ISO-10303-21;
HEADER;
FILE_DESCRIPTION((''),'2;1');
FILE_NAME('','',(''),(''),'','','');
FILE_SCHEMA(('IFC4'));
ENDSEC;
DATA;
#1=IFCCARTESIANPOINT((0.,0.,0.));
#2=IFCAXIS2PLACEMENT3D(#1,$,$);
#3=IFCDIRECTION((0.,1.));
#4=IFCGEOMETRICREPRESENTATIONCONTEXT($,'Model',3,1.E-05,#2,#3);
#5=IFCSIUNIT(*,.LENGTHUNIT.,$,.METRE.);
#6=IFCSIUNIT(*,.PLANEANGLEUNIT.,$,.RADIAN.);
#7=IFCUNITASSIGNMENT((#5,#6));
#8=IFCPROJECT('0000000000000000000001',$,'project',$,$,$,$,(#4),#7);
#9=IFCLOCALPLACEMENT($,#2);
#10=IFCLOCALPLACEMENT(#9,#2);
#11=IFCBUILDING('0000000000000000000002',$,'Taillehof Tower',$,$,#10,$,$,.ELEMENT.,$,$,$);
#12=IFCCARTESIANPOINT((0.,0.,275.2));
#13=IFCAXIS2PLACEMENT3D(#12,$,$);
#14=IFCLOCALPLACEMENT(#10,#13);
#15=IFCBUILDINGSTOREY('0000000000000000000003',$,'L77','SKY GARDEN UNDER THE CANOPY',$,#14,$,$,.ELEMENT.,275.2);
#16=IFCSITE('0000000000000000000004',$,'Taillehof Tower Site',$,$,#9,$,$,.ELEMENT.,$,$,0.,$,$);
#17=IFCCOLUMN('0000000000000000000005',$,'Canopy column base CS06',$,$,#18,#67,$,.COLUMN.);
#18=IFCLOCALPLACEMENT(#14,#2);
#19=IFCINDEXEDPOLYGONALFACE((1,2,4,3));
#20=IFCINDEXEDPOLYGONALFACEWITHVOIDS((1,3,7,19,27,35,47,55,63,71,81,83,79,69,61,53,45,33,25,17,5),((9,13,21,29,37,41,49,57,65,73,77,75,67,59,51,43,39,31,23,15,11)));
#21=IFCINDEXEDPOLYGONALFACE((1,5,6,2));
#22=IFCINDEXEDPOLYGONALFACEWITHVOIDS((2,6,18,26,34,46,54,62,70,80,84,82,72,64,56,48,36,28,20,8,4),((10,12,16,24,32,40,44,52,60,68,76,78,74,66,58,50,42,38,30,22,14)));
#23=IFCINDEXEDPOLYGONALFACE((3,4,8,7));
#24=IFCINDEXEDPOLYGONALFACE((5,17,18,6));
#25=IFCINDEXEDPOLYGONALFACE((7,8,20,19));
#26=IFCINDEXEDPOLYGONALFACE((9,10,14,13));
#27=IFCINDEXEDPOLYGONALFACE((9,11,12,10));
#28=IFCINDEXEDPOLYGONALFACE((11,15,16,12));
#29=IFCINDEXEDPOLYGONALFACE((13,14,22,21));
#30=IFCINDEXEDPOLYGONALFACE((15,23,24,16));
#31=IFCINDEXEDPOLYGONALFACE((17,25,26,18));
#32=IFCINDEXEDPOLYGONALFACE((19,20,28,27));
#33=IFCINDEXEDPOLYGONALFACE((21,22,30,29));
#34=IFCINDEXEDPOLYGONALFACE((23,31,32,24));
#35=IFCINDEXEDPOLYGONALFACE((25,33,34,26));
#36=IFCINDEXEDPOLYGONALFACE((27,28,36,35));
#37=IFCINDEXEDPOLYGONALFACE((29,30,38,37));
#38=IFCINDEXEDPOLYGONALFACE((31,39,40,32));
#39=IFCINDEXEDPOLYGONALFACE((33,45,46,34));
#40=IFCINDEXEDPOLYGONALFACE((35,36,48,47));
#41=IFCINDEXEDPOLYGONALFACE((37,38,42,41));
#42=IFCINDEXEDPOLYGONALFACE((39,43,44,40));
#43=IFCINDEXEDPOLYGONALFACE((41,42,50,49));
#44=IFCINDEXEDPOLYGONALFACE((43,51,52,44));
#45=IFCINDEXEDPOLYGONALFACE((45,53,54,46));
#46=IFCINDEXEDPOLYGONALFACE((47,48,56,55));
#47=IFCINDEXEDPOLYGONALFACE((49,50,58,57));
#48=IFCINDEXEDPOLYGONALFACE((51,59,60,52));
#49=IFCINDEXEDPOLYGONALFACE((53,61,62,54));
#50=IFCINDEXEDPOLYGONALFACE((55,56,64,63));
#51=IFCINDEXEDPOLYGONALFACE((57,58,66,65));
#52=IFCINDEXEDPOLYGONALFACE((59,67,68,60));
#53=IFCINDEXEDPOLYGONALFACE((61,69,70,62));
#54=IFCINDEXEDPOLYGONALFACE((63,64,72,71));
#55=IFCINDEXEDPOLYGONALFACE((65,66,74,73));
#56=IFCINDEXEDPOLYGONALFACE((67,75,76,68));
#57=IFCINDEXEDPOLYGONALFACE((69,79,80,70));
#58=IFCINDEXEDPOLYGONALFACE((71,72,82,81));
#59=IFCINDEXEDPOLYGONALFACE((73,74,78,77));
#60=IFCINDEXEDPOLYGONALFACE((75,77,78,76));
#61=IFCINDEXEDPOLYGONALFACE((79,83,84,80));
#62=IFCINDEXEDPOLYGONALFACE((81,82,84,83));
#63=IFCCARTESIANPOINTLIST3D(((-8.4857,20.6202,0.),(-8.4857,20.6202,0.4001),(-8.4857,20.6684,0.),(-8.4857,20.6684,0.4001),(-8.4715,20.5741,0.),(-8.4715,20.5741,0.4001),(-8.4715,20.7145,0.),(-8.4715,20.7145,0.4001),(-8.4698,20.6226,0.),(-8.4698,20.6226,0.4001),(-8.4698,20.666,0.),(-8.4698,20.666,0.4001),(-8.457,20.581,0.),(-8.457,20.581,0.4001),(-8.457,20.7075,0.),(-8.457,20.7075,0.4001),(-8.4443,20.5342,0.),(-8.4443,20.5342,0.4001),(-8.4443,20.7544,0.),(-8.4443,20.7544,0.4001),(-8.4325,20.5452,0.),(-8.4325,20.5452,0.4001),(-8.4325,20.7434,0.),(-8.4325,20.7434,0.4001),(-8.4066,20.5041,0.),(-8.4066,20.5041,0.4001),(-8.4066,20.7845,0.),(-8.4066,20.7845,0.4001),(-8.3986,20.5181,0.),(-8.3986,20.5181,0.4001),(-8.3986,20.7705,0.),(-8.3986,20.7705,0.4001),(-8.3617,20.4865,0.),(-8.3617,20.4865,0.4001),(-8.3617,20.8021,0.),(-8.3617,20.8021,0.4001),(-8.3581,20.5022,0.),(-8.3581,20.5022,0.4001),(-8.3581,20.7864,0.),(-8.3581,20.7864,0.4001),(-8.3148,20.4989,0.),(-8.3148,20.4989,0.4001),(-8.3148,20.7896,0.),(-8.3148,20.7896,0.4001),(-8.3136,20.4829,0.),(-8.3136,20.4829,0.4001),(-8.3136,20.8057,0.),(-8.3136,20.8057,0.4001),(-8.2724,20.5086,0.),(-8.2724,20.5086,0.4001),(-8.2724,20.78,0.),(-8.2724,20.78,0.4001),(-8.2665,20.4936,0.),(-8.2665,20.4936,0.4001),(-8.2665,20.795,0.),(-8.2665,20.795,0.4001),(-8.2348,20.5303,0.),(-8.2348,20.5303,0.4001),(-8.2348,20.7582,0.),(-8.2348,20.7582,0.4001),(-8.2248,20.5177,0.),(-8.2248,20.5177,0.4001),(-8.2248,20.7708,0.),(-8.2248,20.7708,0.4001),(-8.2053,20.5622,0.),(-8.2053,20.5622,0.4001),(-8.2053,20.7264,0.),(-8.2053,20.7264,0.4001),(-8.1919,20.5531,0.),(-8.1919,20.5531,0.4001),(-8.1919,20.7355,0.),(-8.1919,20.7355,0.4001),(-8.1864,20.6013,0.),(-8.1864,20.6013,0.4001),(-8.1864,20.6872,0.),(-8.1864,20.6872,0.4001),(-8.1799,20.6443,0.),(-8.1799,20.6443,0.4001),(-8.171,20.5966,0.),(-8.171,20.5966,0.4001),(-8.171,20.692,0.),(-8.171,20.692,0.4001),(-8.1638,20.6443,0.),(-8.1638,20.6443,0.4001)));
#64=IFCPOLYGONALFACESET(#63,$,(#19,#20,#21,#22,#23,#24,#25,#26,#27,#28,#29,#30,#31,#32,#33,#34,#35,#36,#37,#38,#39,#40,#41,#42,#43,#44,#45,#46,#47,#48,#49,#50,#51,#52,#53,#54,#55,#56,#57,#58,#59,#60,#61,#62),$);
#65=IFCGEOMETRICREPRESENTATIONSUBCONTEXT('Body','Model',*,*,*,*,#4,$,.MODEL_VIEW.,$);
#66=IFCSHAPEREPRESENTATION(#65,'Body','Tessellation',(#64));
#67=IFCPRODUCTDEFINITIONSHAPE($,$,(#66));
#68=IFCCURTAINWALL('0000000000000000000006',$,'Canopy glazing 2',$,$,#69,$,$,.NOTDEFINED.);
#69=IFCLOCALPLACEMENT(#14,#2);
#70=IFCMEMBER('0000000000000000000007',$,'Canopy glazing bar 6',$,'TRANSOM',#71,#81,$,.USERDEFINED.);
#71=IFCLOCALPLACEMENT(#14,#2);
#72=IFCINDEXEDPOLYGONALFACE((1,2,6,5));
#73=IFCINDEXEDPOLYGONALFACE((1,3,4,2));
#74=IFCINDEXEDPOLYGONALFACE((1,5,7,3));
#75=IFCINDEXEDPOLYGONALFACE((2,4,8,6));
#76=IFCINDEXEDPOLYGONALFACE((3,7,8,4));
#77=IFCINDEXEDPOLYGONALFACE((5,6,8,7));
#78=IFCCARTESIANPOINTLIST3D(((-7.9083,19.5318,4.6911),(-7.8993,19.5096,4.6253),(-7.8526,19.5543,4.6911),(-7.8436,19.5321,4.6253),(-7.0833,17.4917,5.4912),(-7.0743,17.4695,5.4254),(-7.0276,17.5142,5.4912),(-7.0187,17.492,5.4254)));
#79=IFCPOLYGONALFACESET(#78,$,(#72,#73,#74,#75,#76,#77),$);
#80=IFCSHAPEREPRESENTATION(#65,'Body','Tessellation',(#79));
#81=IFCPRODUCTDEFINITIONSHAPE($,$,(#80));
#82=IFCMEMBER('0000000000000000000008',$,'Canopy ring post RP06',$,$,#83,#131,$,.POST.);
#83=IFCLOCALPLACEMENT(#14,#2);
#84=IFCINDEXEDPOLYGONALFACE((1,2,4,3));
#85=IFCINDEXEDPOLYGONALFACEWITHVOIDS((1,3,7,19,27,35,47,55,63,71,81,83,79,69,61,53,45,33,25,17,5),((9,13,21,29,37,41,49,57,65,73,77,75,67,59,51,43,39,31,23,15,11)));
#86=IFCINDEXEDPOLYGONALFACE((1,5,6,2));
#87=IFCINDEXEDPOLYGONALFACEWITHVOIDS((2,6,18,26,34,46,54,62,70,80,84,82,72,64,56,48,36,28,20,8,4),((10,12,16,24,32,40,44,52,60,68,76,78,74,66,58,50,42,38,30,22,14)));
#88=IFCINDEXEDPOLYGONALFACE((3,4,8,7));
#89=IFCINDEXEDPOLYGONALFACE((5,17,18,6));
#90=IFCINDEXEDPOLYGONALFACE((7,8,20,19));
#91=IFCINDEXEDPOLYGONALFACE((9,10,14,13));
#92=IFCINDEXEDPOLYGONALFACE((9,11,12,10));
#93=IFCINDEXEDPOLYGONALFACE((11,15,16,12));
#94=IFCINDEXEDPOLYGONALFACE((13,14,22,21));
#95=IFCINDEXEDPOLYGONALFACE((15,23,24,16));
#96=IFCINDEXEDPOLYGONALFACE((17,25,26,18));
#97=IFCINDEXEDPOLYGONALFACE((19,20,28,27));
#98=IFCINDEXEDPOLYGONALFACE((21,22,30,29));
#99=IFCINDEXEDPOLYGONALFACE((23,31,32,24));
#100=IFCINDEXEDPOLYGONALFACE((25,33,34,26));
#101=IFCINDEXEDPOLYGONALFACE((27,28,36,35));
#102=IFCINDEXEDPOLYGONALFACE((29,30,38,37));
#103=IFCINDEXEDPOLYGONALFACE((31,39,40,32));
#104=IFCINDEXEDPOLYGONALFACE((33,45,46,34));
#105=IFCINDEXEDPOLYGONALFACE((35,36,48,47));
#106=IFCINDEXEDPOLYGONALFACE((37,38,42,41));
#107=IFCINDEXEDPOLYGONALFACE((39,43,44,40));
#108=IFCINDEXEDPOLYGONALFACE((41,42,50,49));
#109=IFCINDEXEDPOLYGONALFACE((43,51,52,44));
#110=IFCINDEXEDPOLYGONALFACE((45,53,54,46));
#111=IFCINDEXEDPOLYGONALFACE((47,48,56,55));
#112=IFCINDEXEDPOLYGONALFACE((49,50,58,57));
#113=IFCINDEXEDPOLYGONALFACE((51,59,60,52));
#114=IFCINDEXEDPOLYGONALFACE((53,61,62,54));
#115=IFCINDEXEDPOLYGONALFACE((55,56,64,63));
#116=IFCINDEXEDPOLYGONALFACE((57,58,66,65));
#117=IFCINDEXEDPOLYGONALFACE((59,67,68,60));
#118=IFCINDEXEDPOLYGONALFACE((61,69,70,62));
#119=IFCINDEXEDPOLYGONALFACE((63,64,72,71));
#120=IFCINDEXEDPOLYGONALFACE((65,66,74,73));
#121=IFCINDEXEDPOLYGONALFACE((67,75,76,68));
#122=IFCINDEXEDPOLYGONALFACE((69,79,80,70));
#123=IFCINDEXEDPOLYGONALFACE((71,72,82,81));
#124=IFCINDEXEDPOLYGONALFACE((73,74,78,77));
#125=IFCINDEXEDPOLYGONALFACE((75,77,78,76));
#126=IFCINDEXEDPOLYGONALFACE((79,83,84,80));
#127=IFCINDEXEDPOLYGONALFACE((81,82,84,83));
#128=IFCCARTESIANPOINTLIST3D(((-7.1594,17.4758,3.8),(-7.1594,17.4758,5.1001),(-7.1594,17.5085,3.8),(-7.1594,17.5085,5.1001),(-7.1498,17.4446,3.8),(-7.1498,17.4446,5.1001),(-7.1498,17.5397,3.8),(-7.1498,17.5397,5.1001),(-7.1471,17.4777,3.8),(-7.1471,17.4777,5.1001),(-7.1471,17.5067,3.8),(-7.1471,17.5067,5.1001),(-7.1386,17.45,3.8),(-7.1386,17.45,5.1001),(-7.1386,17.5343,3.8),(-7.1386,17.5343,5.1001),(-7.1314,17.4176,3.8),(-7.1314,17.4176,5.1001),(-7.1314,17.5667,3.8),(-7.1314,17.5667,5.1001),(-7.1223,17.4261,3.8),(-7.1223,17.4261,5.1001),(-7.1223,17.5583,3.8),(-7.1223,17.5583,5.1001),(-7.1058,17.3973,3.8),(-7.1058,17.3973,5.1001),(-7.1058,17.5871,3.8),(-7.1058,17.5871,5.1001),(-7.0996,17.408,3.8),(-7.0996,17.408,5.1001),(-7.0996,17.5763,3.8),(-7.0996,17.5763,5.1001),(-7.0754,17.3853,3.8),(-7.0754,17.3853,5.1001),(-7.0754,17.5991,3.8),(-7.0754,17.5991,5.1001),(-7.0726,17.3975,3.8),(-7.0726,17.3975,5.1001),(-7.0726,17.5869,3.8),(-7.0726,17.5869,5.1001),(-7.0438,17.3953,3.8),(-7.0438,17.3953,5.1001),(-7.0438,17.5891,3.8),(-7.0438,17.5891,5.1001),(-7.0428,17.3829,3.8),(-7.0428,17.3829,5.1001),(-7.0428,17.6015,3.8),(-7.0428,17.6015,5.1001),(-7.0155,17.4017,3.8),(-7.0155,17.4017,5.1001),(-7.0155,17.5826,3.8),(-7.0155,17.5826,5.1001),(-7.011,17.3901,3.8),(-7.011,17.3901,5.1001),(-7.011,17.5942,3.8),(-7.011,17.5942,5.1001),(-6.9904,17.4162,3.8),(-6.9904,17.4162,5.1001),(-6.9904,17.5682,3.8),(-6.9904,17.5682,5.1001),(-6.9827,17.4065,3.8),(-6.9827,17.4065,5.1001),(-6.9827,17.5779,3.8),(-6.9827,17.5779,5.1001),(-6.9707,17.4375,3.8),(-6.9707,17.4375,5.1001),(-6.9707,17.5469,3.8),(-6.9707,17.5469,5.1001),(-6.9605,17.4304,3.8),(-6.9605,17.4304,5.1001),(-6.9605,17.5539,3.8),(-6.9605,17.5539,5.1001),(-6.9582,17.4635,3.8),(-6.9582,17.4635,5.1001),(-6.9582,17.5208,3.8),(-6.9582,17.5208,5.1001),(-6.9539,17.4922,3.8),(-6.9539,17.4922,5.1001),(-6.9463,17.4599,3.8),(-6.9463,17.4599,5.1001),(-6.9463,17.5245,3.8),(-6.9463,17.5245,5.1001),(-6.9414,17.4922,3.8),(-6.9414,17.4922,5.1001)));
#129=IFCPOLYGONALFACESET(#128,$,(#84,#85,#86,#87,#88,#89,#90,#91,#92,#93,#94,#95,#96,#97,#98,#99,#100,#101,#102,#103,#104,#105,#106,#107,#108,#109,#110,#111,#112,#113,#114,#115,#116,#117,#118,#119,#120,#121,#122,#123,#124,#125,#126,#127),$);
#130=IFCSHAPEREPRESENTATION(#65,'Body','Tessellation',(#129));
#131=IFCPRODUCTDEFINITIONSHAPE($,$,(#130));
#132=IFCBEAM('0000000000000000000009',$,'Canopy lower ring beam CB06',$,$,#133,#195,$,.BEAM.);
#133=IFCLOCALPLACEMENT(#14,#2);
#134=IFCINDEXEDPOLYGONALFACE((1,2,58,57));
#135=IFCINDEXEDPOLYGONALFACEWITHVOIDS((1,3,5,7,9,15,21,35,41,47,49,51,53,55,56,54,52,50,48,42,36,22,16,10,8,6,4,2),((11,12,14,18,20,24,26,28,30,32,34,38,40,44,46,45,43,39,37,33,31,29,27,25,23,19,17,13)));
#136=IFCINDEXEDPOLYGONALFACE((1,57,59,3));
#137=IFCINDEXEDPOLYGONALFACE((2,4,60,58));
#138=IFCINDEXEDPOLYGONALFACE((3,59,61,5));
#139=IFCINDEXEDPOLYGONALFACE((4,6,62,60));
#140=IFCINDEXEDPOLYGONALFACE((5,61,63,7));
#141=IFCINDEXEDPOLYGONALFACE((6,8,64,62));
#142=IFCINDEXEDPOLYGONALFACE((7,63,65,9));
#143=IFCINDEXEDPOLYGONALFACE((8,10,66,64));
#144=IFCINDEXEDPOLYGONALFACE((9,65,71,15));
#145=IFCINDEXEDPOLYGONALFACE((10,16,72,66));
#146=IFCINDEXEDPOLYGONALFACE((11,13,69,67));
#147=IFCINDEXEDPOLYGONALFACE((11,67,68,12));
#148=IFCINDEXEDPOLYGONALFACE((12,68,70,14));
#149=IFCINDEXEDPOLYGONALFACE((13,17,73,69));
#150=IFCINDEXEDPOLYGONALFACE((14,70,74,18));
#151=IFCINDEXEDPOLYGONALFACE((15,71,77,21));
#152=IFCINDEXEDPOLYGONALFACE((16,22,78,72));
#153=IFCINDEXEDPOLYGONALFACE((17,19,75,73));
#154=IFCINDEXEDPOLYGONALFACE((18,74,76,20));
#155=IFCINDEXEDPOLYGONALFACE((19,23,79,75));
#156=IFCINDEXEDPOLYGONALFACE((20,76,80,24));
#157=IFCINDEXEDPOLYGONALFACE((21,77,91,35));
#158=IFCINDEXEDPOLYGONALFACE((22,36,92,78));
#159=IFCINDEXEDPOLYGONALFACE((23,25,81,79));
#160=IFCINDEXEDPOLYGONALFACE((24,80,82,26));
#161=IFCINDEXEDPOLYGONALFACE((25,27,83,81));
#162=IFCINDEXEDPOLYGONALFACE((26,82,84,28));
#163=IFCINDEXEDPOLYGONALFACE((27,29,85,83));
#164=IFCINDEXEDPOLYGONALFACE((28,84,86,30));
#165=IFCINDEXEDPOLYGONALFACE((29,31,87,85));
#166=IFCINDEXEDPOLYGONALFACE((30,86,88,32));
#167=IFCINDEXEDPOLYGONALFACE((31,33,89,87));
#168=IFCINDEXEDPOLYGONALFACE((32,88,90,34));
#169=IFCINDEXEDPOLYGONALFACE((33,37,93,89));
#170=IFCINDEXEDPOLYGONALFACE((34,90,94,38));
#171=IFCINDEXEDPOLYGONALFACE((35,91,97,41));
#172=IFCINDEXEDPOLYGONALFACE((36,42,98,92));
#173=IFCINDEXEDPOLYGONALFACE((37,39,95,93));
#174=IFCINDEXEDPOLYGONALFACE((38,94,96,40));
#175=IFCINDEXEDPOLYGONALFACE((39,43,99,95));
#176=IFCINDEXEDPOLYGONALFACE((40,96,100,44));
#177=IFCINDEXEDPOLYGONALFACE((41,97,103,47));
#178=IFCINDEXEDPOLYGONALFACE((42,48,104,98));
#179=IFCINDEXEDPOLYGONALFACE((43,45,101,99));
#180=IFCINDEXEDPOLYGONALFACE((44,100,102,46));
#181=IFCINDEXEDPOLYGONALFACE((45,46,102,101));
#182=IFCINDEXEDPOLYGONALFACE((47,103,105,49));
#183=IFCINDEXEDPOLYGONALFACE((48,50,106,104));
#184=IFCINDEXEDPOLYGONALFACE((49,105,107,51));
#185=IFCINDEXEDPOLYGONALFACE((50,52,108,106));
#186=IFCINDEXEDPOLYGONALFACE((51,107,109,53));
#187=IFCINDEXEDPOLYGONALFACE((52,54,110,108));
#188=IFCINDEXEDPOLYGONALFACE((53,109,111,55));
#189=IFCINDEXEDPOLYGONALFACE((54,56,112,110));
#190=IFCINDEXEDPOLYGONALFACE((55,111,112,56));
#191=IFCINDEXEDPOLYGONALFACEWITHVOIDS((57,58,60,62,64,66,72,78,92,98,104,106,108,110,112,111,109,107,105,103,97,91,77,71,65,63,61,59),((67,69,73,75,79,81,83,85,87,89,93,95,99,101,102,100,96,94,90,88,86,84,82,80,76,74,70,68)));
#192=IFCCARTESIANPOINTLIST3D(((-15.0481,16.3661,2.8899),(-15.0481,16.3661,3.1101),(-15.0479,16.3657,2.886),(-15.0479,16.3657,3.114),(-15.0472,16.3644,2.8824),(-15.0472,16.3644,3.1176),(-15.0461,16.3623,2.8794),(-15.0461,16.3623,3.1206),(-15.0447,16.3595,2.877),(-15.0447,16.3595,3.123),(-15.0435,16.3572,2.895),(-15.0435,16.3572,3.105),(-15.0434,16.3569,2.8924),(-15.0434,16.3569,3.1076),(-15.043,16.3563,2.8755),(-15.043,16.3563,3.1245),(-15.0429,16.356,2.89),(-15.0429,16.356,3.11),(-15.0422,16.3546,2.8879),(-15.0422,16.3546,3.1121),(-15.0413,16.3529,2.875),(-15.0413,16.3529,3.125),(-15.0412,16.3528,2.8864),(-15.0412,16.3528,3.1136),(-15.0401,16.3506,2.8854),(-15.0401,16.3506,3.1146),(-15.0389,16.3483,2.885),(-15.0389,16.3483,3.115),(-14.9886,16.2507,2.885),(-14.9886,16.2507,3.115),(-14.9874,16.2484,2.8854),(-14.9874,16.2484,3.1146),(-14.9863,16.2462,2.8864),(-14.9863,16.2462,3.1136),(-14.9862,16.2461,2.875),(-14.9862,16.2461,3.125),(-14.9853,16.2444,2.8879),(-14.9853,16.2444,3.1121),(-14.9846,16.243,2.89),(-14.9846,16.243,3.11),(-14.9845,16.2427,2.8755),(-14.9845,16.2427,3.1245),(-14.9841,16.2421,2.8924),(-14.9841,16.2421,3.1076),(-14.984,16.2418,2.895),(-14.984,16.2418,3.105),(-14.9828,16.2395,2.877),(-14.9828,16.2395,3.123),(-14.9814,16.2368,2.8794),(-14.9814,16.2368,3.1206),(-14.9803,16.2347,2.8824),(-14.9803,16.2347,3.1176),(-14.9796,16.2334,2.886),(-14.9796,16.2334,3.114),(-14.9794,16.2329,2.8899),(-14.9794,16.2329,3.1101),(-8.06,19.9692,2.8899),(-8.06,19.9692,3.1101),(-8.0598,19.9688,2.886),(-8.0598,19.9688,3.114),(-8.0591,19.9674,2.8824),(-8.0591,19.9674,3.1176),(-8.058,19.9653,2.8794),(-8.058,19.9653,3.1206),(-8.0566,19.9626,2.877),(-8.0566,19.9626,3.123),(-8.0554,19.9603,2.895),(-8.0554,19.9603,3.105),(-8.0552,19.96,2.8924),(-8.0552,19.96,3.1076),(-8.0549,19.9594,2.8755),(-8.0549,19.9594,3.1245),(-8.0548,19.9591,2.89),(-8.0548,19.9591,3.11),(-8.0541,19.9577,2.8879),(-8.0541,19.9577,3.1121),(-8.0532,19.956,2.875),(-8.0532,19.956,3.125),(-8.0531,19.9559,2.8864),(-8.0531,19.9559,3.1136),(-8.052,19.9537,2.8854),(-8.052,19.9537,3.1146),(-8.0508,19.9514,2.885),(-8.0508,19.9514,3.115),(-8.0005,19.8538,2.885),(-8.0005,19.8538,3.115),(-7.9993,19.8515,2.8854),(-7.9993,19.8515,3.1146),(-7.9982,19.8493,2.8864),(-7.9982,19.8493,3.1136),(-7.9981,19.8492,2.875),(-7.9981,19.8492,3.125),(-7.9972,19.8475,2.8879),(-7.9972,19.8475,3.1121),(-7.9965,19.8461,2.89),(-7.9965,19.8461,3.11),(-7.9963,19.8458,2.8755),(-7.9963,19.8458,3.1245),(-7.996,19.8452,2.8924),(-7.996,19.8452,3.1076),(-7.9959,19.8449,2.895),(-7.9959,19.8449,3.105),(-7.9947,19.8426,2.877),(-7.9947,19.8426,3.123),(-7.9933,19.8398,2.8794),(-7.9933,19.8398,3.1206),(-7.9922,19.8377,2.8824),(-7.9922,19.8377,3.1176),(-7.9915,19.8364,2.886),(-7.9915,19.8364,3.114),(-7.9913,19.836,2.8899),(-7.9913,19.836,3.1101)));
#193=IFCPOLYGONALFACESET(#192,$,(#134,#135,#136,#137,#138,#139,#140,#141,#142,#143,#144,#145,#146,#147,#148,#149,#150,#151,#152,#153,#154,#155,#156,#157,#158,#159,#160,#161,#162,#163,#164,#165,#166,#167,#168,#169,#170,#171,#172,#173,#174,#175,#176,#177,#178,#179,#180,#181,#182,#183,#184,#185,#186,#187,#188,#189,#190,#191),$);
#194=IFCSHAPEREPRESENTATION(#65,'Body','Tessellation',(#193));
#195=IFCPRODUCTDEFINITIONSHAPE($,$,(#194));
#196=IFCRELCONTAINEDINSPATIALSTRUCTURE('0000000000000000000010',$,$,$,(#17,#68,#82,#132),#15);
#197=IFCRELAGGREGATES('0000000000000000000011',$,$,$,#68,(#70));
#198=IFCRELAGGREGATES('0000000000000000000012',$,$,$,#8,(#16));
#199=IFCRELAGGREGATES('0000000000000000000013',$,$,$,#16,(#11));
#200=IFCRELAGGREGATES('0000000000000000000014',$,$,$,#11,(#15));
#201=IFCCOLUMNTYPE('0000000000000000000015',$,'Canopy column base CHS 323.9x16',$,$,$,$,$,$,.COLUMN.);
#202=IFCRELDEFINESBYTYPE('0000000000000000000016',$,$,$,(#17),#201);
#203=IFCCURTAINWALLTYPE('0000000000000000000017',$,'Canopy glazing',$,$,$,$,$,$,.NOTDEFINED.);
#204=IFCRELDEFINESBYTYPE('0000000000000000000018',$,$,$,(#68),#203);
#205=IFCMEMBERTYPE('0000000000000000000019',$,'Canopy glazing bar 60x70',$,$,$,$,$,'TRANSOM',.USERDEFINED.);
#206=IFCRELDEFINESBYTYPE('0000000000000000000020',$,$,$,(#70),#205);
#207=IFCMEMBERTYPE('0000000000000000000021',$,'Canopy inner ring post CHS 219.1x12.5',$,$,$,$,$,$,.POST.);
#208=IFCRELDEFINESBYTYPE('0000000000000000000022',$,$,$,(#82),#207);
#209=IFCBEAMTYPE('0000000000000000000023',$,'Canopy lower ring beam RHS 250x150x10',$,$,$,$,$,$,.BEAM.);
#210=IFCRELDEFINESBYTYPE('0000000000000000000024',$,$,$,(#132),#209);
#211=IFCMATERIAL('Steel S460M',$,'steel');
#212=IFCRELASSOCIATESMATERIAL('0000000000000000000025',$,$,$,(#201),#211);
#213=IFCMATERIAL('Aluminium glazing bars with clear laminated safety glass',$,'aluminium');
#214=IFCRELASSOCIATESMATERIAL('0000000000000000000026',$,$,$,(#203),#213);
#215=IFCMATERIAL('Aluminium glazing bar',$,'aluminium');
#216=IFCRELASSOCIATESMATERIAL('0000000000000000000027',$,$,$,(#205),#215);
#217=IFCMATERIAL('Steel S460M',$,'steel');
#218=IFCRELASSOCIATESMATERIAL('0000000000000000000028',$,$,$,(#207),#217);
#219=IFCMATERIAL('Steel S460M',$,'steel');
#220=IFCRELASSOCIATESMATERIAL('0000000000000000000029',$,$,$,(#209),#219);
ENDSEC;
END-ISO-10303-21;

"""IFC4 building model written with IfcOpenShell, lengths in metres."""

from ifc_helpers import new_model, si_unit, direction, frame, origin, origin_2d, place, context, subcontext, project, spatial, rectangle, hollow_rectangle, hollow_circle, extrude, material, material_profile, profile_set, type_object, element, aggregate, save


model = new_model("IFC4")

# Units and contexts
model_context = context("Model", 3, precision=1e-05, world=origin(), true_north=direction((0.0, 1.0)))
body_context = subcontext(model_context, "Body", "Model", "MODEL_VIEW")
ifc_project = project(units=[si_unit("LENGTHUNIT", "METRE"), si_unit("PLANEANGLEUNIT", "RADIAN")], contexts=[model_context])

# Site, building, storey
site_placement = place(None, origin())
site = spatial("IfcSite", under=ifc_project, at=site_placement, Name="Taillehof Tower Site", CompositionType="ELEMENT", RefElevation=0.0)
building_placement = place(site_placement, origin())
building = spatial("IfcBuilding", under=site, at=building_placement, Name="Taillehof Tower", CompositionType="ELEMENT")
storey_placement = place(building_placement, frame((0.0, 0.0, 275.2)))
storey = spatial("IfcBuildingStorey", under=building, at=storey_placement, Name="L77", Description="SKY GARDEN UNDER THE CANOPY", CompositionType="ELEMENT", Elevation=275.2)

# Column
ifc_material_1 = material(Name="Steel S460M", Category="steel")
ifc_material_profile_1 = material_profile(ifc_material_1, hollow_circle(Radius=0.1619, WallThickness=0.0161, at=origin_2d()), Name="CHS 323.9x16")
ifc_profile_set_1 = profile_set([ifc_material_profile_1], Name="Steel S460M")
column_type = type_object("IfcColumnType", Name="Canopy column base CHS 323.9x16", PredefinedType="COLUMN", material=ifc_profile_set_1)
column_placement = place(storey_placement, frame((-8.3257, 20.6443, 0.0), z_axis=(0.0, 0.0, 1.0), x_axis=(1.0, 0.0, 0.0)))
element("IfcColumn", 1, at=column_placement, inside=storey, type_object=column_type, Name="Canopy column base CS06", PredefinedType="COLUMN", context=body_context, shape_type="SweptSolid", body=[
    extrude(hollow_circle(Radius=0.1619, WallThickness=0.0161, at=origin_2d()), origin(), (0.0, 0.0, 1.0), 0.4001),
])

# Curtain wall, member
ifc_material_2 = material(Name="Aluminium glazing bars with clear laminated safety glass", Category="aluminium")
curtain_wall_type = type_object("IfcCurtainWallType", Name="Canopy glazing", PredefinedType="NOTDEFINED", material=ifc_material_2)
curtain_wall_placement = place(storey_placement, origin())
curtain_wall = element("IfcCurtainWall", 2, at=curtain_wall_placement, inside=storey, type_object=curtain_wall_type, Name="Canopy glazing 2", PredefinedType="NOTDEFINED")
ifc_material_3 = material(Name="Aluminium glazing bar", Category="aluminium")
ifc_material_profile_2 = material_profile(ifc_material_3, rectangle(XDim=0.0601, YDim=0.0701, at=origin_2d()), Name="AL 60x70")
ifc_profile_set_2 = profile_set([ifc_material_profile_2], Name="Aluminium glazing bar")
member_type_1 = type_object("IfcMemberType", Name="Canopy glazing bar 60x70", ElementType="TRANSOM", PredefinedType="USERDEFINED", material=ifc_profile_set_2)
member_1_placement = place(storey_placement, frame((-7.876, 19.532, 4.6582), z_axis=(0.352325, -0.871272, 0.34169), x_axis=(0.92707, 0.374889, 0.0)))
member_1 = element("IfcMember", 3, at=member_1_placement, type_object=member_type_1, Name="Canopy glazing bar 6", ObjectType="TRANSOM", PredefinedType="USERDEFINED", context=body_context, shape_type="SweptSolid", body=[
    extrude(rectangle(XDim=0.0601, YDim=0.0701, at=origin_2d()), origin(), (0.0, 0.0, 1.0), 2.3416),
])
aggregate(curtain_wall, [member_1])

# Member
ifc_material_4 = material(Name="Steel S460M", Category="steel")
ifc_material_profile_3 = material_profile(ifc_material_4, hollow_circle(Radius=0.1096, WallThickness=0.0125, at=origin_2d()), Name="CHS 219.1x12.5")
ifc_profile_set_3 = profile_set([ifc_material_profile_3], Name="Steel S460M")
member_type_2 = type_object("IfcMemberType", Name="Canopy inner ring post CHS 219.1x12.5", PredefinedType="POST", material=ifc_profile_set_3)
member_2_placement = place(storey_placement, frame((-7.051, 17.4922, 3.8), z_axis=(0.0, 0.0, 1.0), x_axis=(1.0, 0.0, 0.0)))
element("IfcMember", 4, at=member_2_placement, inside=storey, type_object=member_type_2, Name="Canopy ring post RP06", PredefinedType="POST", context=body_context, shape_type="SweptSolid", body=[
    extrude(hollow_circle(Radius=0.1096, WallThickness=0.0125, at=origin_2d()), origin(), (0.0, 0.0, 1.0), 1.3),
])

# Beam
ifc_material_5 = material(Name="Steel S460M", Category="steel")
ifc_material_profile_4 = material_profile(ifc_material_5, hollow_rectangle(XDim=0.1499, YDim=0.25, WallThickness=0.01, InnerFilletRadius=0.01, OuterFilletRadius=0.0149, at=origin_2d()), Name="RHS 250x150x10")
ifc_profile_set_4 = profile_set([ifc_material_profile_4], Name="Steel S460M")
beam_type_1 = type_object("IfcBeamType", Name="Canopy lower ring beam RHS 250x150x10", PredefinedType="BEAM", material=ifc_profile_set_4)
beam_1_placement = place(storey_placement, frame((-8.0256, 19.9026, 3.0), z_axis=(-0.888812, -0.458271, 0.0), x_axis=(0.458271, -0.888812, 0.0)))
element("IfcBeam", 5, at=beam_1_placement, inside=storey, type_object=beam_type_1, Name="Canopy lower ring beam CB06", PredefinedType="BEAM", context=body_context, shape_type="SweptSolid", body=[
    extrude(hollow_rectangle(XDim=0.1499, YDim=0.25, WallThickness=0.01, InnerFilletRadius=0.01, OuterFilletRadius=0.0149, at=origin_2d()), origin(), (0.0, 0.0, 1.0), 7.8623),
])

save(model, "model.ifc")
